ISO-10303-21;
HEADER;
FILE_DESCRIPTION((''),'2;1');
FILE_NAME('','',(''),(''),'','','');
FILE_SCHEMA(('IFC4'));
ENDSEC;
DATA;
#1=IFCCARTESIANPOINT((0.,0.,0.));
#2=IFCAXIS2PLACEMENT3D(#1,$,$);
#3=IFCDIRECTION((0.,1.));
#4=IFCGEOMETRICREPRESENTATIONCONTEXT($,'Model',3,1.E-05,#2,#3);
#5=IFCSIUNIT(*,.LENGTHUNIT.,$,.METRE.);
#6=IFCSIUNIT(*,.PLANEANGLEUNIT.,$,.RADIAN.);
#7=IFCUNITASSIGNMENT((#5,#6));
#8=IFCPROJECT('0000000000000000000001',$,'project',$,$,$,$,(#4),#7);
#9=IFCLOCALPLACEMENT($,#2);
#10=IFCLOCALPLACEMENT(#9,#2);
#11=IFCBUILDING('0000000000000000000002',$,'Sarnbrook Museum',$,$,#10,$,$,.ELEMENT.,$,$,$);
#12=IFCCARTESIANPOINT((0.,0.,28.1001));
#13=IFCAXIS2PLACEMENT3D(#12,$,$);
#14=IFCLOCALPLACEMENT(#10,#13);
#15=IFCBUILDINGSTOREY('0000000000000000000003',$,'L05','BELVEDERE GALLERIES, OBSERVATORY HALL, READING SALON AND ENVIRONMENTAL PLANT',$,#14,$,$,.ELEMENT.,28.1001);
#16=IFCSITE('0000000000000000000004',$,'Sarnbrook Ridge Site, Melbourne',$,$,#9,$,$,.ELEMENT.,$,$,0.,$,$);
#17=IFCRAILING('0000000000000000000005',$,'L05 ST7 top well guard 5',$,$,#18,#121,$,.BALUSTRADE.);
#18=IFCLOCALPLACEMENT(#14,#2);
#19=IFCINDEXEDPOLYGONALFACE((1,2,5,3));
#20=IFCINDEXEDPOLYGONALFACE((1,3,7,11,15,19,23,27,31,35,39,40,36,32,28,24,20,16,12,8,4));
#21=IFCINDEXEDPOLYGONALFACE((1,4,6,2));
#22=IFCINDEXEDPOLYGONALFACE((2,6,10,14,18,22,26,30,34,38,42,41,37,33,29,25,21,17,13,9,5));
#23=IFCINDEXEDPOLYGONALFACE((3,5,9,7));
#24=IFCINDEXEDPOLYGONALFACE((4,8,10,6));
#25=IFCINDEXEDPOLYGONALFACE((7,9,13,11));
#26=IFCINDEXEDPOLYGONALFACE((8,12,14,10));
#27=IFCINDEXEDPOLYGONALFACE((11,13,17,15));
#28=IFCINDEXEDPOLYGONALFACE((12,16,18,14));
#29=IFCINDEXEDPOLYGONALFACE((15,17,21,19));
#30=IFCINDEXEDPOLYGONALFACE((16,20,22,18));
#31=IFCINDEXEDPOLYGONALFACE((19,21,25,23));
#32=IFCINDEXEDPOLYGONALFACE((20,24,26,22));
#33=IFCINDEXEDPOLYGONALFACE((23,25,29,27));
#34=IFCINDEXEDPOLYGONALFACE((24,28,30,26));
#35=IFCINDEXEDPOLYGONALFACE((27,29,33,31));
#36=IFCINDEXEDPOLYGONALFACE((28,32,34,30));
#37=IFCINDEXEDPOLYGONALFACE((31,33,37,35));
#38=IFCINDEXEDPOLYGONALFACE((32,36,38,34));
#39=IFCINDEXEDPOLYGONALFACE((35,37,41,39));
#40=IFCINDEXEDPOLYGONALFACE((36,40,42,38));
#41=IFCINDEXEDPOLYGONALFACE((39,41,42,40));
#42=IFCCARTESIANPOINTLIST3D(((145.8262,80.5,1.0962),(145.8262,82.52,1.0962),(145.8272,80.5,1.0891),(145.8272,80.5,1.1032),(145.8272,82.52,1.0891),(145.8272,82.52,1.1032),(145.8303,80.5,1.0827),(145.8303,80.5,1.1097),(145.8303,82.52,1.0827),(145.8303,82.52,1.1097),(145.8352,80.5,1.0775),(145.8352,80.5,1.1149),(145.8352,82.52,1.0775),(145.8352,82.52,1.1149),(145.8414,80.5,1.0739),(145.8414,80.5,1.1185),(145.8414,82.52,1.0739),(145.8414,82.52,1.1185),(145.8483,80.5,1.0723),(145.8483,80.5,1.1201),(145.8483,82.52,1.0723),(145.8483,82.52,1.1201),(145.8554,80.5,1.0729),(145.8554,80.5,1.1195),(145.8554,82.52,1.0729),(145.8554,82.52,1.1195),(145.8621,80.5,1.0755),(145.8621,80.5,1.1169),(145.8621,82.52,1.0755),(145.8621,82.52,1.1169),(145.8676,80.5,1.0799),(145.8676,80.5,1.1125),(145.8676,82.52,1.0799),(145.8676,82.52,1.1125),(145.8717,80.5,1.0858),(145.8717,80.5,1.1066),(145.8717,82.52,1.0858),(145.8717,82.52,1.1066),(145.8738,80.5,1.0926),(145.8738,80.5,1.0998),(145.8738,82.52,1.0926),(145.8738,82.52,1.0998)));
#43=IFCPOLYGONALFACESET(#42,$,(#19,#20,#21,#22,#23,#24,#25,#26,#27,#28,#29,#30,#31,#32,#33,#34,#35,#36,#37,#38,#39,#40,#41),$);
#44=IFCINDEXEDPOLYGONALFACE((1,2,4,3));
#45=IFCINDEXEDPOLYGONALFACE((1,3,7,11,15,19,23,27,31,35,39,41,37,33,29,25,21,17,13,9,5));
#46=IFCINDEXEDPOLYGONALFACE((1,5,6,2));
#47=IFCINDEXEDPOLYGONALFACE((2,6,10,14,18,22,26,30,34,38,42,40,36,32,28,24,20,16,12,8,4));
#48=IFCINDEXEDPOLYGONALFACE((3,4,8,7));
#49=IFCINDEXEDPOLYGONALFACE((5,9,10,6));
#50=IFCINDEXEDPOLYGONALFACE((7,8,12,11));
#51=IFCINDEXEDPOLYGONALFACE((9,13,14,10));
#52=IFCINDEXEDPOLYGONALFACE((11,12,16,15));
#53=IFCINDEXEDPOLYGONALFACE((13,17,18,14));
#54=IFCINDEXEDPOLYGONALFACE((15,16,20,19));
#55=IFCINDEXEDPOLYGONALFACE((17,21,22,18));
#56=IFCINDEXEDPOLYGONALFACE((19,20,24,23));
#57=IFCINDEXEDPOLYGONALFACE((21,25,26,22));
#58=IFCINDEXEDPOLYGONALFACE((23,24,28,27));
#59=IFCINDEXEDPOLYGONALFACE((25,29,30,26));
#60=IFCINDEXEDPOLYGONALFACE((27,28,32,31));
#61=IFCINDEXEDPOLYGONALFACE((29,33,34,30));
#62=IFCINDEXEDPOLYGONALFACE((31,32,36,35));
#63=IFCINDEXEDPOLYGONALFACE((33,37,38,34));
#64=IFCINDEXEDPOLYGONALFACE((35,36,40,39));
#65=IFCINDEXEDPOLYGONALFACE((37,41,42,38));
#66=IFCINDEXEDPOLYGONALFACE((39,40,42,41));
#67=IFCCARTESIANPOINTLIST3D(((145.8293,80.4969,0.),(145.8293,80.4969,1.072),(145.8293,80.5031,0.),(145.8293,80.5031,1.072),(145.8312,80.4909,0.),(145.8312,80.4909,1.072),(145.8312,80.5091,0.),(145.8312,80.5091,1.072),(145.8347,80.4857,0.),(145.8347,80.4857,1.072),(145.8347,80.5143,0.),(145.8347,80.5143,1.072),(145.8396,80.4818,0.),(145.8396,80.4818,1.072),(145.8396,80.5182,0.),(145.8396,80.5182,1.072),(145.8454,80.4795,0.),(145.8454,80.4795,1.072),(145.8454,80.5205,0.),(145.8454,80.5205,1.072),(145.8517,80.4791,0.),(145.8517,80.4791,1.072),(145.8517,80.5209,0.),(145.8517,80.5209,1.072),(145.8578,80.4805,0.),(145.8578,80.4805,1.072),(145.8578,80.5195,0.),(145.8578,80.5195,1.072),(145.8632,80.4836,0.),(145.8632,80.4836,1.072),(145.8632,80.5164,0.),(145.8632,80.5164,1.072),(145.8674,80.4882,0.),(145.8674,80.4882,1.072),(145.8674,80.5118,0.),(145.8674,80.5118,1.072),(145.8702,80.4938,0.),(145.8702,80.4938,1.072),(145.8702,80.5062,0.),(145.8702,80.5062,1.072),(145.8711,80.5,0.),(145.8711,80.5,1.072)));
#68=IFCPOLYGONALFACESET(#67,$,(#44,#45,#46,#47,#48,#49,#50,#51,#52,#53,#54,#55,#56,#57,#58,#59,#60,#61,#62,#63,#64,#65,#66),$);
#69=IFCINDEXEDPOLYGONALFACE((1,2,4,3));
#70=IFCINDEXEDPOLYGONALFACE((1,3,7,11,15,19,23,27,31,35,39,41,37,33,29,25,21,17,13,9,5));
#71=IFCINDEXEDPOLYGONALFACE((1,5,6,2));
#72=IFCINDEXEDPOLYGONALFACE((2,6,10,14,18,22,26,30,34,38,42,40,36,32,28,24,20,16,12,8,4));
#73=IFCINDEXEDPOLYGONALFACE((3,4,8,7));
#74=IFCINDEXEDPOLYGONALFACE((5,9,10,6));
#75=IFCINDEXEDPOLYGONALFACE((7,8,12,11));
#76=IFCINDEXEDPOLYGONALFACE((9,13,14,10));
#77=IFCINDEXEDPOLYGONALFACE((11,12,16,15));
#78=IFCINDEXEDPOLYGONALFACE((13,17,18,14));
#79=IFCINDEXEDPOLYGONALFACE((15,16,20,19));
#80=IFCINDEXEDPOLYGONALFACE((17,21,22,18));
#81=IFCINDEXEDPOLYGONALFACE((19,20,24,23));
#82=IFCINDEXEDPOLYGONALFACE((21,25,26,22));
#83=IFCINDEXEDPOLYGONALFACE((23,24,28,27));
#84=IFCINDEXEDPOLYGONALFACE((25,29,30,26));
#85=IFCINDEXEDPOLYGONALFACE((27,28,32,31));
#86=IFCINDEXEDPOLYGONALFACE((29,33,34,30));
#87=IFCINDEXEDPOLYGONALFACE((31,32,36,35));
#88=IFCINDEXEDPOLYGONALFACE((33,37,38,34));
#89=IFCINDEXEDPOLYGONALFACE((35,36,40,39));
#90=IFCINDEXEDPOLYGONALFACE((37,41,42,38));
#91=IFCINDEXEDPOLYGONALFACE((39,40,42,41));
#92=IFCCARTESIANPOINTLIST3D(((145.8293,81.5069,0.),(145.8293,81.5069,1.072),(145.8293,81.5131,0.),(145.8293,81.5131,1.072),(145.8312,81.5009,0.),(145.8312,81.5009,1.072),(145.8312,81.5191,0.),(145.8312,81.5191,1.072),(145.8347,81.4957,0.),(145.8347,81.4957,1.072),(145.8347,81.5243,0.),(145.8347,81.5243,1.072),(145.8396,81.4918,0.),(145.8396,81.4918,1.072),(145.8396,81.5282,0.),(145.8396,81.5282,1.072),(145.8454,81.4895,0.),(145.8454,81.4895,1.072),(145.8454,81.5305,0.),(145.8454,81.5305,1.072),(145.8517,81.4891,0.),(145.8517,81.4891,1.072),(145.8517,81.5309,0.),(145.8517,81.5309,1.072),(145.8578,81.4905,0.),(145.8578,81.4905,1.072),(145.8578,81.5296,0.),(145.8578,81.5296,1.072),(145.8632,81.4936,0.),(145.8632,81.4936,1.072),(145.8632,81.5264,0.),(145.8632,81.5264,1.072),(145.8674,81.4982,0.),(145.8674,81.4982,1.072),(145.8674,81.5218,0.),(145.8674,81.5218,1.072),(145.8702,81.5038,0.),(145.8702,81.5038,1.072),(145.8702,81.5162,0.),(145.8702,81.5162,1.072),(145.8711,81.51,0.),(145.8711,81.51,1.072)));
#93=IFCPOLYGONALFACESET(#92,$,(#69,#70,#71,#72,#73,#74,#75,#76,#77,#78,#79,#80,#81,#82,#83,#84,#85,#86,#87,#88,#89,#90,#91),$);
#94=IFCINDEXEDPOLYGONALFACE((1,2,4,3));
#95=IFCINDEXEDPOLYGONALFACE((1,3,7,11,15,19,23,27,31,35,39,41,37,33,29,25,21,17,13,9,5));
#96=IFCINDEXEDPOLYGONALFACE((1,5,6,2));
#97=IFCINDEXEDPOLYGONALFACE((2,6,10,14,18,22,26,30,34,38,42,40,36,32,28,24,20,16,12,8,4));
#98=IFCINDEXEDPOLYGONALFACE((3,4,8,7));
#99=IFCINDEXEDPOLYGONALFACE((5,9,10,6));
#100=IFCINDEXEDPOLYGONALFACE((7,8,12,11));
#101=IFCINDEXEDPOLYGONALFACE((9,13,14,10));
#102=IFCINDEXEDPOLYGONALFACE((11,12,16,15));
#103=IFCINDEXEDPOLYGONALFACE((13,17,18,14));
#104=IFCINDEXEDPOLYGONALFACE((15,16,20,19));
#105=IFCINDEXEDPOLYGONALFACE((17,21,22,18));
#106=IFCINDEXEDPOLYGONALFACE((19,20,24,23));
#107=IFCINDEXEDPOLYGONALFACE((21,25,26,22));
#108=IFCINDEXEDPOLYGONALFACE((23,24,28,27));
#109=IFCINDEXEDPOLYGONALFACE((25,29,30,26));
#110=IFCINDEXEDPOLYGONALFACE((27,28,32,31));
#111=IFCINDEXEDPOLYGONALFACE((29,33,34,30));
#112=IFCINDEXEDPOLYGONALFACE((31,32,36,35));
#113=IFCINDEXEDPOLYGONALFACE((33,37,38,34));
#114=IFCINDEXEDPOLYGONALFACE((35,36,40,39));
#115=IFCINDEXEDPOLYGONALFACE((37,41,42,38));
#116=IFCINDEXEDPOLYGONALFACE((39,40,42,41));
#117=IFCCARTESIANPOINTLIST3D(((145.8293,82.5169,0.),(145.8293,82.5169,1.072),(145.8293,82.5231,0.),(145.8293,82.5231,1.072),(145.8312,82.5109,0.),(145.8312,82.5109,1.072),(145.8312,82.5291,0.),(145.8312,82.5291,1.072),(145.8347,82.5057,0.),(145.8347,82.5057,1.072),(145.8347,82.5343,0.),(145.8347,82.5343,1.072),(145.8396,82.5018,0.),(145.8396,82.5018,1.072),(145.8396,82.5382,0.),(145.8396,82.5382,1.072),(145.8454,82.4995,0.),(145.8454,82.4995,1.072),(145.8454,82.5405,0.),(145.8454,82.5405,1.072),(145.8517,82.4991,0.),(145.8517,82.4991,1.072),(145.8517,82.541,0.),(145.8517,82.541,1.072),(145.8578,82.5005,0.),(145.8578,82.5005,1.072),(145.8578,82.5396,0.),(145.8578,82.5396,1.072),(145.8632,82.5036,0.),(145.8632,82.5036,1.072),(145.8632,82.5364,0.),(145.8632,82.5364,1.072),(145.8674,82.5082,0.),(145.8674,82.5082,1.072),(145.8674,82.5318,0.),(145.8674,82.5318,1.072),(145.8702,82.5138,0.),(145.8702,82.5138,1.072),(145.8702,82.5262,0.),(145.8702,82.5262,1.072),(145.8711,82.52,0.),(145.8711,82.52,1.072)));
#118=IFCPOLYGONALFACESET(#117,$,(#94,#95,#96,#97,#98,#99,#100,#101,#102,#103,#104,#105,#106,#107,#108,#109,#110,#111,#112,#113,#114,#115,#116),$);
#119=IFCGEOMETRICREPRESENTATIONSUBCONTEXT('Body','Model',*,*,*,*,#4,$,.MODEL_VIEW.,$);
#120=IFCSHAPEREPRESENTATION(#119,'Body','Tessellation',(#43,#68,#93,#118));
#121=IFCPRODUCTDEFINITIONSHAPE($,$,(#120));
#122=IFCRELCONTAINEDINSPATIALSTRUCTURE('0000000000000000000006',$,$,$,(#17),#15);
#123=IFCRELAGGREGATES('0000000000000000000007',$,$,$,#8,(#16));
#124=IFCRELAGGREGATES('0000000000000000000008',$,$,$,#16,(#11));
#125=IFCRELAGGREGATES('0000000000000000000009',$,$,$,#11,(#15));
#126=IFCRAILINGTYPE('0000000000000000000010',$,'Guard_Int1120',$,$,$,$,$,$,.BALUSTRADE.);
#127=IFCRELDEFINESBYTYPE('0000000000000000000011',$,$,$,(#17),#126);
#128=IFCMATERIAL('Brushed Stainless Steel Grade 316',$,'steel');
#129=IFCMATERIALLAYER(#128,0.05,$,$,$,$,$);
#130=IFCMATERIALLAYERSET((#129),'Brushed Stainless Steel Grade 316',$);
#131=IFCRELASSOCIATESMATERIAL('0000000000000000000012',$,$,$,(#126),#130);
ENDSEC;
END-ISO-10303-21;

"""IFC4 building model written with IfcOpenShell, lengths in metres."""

from ifc_helpers import new_model, si_unit, direction, frame, origin, origin_2d, place, context, subcontext, project, spatial, circle, extrude, material, layer, layer_set, type_object, element, save


model = new_model("IFC4")

# Units and contexts
model_context = context("Model", 3, precision=1e-05, world=origin(), true_north=direction((0.0, 1.0)))
body_context = subcontext(model_context, "Body", "Model", "MODEL_VIEW")
ifc_project = project(units=[si_unit("LENGTHUNIT", "METRE"), si_unit("PLANEANGLEUNIT", "RADIAN")], contexts=[model_context])

# Site, building, storey
site_placement = place(None, origin())
site = spatial("IfcSite", under=ifc_project, at=site_placement, Name="Sarnbrook Ridge Site, Melbourne", CompositionType="ELEMENT", RefElevation=0.0)
building_placement = place(site_placement, origin())
building = spatial("IfcBuilding", under=site, at=building_placement, Name="Sarnbrook Museum", CompositionType="ELEMENT")
storey_placement = place(building_placement, frame((0.0, 0.0, 28.1001)))
storey = spatial("IfcBuildingStorey", under=building, at=storey_placement, Name="L05", Description="BELVEDERE GALLERIES, OBSERVATORY HALL, READING SALON AND ENVIRONMENTAL PLANT", CompositionType="ELEMENT", Elevation=28.1001)

# Railing
ifc_material_1 = material(Name="Brushed Stainless Steel Grade 316", Category="steel")
ifc_layer_1 = layer(ifc_material_1, 0.05)
ifc_layer_set_1 = layer_set([ifc_layer_1], Name="Brushed Stainless Steel Grade 316")
railing_type = type_object("IfcRailingType", Name="Guard_Int1120", PredefinedType="BALUSTRADE", material=ifc_layer_set_1)
for number, where, name in (
    (1, (145.8501, 80.5, 0.0), "L05 ST7 top well guard 5"),
):
    element("IfcRailing", number, at=place(storey_placement, frame(where)), inside=storey, type_object=railing_type, Name=name, PredefinedType="BALUSTRADE", context=body_context, shape_type="SweptSolid", body=[
        extrude(circle(Radius=0.0239, at=origin_2d()), frame((0.0, 0.0, 1.0962), z_axis=(0.0, 1.0, 0.0), x_axis=(-1.0, 0.0, 0.0)), (0.0, 0.0, 1.0), 2.02),
        extrude(circle(Radius=0.021, at=origin_2d()), origin(), (0.0, 0.0, 1.0), 1.072),
        extrude(circle(Radius=0.021, at=origin_2d()), frame((0.0, 1.01, 0.0)), (0.0, 0.0, 1.0), 1.072),
        extrude(circle(Radius=0.021, at=origin_2d()), frame((0.0, 2.02, 0.0)), (0.0, 0.0, 1.0), 1.072),
    ])

save(model, "model.ifc")
